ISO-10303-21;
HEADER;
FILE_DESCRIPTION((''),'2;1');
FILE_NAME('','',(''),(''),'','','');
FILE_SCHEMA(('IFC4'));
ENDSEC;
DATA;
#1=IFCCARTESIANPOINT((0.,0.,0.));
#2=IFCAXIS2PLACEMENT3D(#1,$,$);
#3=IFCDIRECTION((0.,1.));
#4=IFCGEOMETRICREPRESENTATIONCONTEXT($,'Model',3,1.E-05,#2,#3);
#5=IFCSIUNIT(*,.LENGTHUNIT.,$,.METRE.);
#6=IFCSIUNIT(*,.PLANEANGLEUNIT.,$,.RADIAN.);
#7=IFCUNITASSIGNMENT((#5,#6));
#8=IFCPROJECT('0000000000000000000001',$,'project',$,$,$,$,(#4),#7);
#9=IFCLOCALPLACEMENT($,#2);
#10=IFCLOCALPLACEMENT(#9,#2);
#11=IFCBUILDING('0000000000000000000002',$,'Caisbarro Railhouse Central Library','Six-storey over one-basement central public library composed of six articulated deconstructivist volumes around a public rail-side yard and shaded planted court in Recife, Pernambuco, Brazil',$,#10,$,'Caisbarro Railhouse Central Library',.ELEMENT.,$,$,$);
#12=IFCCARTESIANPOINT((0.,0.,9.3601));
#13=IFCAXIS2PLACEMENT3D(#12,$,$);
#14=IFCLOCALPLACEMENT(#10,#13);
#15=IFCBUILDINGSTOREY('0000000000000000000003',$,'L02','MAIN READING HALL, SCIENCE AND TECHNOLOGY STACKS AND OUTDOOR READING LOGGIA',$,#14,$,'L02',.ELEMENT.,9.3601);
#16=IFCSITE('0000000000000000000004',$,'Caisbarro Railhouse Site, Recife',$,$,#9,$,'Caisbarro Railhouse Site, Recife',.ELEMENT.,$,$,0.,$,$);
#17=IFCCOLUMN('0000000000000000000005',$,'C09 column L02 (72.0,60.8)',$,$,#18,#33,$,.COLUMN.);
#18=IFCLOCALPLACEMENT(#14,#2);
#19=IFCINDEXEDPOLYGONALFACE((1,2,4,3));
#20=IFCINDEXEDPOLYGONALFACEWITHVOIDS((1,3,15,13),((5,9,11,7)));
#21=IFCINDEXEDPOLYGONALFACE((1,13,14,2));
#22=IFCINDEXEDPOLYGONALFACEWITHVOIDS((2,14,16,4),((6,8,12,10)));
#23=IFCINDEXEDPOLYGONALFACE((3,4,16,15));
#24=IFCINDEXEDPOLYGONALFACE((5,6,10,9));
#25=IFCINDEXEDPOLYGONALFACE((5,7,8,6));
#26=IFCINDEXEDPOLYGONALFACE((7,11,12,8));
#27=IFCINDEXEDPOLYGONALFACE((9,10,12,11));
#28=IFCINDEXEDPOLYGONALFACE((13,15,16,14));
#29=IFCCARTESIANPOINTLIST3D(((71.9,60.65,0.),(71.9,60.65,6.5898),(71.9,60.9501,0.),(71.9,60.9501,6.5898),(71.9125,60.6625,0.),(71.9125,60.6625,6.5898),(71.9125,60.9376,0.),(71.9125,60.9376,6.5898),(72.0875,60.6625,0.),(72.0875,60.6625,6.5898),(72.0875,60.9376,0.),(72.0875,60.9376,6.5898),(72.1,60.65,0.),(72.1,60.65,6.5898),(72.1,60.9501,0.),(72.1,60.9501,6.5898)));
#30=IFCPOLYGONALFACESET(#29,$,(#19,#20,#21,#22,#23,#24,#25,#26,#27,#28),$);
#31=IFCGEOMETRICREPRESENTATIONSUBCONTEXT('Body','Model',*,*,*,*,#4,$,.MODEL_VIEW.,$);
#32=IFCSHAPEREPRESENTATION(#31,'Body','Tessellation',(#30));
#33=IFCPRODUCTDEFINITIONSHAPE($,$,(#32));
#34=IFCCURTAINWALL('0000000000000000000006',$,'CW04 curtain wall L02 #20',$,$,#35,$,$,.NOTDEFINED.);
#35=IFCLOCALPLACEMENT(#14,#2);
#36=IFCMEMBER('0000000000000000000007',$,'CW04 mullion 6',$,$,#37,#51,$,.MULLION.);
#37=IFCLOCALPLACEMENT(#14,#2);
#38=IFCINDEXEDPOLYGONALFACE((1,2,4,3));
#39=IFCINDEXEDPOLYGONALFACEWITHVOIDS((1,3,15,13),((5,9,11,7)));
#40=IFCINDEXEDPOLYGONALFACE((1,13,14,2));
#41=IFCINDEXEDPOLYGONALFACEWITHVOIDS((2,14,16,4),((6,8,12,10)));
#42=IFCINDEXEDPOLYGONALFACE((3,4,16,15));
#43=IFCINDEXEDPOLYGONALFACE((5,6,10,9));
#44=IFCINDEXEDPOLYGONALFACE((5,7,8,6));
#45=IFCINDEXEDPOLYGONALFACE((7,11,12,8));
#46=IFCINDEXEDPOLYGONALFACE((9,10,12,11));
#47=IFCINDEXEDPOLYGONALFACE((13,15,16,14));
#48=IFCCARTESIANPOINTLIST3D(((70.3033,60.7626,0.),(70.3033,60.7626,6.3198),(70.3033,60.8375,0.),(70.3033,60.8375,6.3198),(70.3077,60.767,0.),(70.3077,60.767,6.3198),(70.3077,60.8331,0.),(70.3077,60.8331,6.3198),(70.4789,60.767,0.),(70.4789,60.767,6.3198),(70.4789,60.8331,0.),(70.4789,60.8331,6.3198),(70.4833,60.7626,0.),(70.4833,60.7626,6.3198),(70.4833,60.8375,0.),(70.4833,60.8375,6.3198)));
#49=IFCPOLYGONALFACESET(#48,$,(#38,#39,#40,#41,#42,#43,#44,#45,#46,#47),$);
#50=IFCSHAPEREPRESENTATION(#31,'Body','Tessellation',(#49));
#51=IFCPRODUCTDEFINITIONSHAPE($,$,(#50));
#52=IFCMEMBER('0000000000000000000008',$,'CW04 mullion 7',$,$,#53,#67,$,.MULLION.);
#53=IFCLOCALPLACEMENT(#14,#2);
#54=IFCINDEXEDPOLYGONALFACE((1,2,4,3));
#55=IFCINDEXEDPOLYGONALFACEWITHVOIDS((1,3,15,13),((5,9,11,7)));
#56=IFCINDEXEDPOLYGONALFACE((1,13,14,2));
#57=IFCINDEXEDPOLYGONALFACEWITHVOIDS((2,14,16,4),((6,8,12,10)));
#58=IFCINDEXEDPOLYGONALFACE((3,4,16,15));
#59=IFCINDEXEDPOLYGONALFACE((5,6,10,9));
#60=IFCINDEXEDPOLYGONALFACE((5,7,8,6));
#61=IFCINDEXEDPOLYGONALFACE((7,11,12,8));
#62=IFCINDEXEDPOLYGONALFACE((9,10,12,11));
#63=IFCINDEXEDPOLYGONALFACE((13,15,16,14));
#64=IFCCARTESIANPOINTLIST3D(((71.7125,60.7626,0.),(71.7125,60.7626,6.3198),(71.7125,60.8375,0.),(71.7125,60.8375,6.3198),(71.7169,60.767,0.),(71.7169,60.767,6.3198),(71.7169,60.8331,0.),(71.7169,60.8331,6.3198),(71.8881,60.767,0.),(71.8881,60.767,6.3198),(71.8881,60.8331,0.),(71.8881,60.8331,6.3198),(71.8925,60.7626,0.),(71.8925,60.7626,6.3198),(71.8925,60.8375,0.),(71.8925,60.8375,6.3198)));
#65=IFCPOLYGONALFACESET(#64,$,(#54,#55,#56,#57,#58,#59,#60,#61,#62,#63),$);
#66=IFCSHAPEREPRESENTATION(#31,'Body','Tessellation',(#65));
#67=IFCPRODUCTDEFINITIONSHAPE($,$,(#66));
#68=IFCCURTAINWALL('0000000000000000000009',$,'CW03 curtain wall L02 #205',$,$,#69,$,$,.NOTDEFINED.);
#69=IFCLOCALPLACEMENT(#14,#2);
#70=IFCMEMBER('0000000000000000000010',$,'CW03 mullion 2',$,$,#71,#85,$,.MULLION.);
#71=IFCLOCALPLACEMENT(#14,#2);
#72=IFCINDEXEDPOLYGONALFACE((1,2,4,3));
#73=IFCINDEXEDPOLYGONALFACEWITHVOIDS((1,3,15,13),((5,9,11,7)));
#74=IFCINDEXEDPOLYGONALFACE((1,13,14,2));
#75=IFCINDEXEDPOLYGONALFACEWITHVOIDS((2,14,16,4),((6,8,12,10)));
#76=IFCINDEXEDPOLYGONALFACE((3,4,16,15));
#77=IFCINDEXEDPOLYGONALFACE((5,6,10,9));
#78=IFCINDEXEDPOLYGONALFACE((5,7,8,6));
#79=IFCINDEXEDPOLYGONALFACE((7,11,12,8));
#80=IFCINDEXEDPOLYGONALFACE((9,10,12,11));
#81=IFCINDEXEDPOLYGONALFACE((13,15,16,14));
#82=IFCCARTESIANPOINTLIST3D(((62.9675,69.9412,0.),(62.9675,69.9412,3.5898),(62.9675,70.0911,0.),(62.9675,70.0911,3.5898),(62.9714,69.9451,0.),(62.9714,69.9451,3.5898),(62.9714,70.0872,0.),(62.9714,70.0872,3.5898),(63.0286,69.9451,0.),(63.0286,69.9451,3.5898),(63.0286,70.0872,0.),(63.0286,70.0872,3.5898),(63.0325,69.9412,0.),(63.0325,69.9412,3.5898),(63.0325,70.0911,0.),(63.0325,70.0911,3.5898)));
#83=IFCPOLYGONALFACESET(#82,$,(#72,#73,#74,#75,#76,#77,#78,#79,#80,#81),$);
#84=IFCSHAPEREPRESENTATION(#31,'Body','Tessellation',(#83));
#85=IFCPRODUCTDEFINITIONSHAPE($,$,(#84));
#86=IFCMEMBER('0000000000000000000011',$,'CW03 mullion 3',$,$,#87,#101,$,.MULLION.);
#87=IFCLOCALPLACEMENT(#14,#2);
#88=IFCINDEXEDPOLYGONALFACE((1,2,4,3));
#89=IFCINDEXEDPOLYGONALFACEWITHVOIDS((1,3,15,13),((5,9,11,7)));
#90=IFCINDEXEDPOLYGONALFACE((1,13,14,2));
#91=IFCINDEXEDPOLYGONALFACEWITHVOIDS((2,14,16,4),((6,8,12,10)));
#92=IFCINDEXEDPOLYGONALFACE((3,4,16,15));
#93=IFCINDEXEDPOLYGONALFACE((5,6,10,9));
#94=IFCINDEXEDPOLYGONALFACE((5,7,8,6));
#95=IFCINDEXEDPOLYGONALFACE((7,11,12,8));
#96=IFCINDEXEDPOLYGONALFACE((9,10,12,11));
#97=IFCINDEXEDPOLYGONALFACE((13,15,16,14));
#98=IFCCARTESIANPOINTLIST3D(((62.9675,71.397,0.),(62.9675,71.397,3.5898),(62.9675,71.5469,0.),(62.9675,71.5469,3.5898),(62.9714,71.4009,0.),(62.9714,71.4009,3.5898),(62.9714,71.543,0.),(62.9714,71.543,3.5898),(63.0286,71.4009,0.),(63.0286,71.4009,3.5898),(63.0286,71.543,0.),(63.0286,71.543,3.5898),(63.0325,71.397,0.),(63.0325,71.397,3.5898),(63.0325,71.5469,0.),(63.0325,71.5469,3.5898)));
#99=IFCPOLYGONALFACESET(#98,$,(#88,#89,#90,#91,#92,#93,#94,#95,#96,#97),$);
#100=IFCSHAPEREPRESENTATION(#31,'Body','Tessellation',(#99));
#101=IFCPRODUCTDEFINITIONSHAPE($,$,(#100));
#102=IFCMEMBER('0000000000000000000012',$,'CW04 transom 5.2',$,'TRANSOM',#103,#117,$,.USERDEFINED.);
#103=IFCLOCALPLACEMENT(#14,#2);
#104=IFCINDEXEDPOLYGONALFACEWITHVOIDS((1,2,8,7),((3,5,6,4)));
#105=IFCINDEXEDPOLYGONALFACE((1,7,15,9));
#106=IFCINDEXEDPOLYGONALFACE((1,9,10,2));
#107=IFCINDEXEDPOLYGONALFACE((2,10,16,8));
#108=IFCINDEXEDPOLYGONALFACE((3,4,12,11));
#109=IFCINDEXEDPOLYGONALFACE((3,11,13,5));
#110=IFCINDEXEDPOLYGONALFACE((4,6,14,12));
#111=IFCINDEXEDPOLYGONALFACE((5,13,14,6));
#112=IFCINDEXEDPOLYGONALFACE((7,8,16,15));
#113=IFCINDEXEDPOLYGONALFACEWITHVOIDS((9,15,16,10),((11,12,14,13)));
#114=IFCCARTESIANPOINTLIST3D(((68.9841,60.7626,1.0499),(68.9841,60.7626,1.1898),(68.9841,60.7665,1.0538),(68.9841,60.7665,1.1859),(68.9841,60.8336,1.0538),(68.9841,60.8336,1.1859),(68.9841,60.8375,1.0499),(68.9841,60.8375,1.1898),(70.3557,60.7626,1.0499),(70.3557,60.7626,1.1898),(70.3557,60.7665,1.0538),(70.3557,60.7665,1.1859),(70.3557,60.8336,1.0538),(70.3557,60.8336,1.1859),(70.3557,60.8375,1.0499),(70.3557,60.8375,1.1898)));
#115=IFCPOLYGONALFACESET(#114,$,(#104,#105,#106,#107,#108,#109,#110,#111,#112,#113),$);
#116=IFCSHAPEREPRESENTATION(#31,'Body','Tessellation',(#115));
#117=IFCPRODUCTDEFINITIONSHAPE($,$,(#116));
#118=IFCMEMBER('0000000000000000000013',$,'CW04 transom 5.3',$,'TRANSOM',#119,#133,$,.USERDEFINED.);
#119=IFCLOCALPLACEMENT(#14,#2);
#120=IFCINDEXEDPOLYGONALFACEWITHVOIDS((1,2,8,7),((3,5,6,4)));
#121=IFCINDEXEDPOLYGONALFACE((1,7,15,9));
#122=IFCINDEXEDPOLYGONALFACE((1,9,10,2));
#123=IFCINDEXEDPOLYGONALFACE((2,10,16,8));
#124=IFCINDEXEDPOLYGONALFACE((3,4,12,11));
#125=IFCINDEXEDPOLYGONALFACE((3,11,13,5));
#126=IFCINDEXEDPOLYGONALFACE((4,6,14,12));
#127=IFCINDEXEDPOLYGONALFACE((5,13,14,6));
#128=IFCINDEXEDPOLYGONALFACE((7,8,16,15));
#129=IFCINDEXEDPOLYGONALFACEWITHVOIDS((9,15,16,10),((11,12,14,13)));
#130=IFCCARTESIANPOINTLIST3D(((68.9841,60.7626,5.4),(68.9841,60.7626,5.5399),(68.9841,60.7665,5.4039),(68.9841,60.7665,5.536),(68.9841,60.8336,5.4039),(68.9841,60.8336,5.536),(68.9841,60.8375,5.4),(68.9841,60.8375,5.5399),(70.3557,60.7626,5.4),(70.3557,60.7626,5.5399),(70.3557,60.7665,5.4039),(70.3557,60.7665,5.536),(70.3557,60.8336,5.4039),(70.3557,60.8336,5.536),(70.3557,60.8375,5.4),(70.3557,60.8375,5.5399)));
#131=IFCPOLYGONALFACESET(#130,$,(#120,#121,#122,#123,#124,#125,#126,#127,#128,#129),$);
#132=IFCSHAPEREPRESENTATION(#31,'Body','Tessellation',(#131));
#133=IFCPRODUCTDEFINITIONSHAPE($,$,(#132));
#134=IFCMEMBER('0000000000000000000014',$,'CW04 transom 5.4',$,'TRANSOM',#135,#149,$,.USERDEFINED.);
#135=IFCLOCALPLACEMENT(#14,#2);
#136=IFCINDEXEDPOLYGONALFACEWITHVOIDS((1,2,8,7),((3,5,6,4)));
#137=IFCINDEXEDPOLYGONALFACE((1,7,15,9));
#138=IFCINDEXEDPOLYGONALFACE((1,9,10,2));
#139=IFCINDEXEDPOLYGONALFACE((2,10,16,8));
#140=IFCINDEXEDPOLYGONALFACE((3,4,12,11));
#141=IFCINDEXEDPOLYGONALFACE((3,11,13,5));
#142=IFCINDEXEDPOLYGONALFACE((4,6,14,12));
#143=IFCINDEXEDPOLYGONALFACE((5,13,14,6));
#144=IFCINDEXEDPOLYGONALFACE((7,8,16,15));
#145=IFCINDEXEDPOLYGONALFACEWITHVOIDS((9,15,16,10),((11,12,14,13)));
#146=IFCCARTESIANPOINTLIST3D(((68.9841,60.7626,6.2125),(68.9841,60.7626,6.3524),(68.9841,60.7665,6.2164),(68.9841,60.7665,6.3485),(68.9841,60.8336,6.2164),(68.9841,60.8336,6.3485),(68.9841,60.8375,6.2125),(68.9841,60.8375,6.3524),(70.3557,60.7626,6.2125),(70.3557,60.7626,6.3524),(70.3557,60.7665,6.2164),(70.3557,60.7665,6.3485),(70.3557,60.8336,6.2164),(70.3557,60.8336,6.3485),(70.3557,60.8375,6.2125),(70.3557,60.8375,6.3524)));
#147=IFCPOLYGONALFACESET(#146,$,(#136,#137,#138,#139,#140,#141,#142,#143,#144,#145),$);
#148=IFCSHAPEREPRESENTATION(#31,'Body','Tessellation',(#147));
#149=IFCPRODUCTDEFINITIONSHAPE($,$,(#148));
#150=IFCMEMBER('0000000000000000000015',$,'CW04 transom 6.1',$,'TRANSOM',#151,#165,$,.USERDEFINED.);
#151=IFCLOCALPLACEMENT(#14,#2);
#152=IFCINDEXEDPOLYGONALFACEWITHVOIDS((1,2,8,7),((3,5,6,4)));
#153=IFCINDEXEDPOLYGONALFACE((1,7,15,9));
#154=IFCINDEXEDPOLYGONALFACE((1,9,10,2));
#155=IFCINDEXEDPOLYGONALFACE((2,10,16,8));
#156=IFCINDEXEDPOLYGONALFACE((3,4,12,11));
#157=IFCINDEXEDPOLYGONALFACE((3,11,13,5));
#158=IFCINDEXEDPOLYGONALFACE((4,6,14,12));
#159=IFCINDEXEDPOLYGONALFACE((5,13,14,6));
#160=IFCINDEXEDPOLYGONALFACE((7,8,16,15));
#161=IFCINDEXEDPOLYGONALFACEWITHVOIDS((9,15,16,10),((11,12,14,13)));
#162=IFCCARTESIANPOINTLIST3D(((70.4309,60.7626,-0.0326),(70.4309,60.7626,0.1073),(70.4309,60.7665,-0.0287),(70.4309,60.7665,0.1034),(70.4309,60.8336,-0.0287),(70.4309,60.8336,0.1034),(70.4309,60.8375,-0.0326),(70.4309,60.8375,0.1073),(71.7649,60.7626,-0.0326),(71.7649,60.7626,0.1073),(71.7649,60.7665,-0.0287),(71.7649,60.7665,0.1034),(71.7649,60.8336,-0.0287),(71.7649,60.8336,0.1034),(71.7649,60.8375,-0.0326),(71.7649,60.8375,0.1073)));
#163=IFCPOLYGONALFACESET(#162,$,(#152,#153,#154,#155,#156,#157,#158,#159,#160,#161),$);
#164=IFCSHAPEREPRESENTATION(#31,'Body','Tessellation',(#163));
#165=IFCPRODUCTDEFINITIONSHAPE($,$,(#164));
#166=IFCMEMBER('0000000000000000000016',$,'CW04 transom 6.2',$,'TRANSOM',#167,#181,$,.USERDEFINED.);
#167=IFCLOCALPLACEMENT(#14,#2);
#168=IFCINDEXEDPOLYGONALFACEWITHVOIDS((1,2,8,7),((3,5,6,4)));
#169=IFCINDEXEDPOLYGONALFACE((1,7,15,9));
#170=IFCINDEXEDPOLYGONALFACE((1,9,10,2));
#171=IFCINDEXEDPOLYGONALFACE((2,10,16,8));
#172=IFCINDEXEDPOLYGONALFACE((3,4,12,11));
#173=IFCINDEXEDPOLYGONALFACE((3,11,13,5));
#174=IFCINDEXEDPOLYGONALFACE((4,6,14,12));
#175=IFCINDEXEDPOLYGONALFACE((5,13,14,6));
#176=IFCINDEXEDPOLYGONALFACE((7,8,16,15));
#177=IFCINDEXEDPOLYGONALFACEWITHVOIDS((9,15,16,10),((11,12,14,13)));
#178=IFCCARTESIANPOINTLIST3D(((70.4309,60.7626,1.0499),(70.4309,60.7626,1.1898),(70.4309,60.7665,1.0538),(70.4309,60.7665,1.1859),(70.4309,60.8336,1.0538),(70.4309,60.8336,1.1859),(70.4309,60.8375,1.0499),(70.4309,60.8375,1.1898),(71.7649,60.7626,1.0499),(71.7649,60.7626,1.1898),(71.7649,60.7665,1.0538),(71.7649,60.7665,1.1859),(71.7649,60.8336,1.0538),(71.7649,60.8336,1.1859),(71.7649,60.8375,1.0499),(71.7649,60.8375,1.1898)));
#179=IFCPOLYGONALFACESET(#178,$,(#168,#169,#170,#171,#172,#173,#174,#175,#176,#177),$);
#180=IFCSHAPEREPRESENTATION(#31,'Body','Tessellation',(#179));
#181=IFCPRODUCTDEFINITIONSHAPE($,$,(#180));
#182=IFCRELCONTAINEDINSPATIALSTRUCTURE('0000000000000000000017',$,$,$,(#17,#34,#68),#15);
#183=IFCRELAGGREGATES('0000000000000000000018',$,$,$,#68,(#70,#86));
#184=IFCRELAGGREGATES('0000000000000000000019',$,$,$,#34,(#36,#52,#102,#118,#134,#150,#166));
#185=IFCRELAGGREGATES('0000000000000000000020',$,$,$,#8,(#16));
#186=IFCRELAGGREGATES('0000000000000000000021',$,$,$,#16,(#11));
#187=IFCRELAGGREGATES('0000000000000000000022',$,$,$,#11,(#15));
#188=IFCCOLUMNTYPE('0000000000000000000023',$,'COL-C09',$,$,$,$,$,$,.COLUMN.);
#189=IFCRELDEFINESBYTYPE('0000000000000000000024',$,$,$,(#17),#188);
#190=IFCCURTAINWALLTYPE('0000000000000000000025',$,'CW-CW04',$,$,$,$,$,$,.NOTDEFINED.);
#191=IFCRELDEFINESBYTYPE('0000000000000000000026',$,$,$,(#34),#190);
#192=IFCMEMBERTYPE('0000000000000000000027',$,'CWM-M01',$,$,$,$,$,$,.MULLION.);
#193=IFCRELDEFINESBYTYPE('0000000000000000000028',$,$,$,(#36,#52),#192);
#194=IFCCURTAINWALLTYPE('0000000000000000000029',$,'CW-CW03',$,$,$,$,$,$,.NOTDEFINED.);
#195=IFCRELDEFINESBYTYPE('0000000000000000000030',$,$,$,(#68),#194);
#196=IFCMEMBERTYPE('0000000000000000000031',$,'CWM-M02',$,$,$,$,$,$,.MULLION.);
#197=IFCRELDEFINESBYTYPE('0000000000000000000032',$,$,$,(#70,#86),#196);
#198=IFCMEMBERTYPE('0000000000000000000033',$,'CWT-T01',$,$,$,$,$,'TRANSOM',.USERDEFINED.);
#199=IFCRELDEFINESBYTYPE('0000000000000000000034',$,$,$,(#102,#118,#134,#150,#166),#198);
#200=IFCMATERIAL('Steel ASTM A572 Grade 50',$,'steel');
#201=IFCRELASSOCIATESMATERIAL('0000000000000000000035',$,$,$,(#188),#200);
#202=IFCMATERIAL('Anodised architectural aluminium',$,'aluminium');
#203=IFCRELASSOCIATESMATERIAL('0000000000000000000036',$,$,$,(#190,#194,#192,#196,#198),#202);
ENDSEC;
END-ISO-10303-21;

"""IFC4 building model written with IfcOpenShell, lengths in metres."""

from ifc_helpers import new_model, si_unit, direction, frame, origin, origin_2d, place, context, subcontext, project, spatial, hollow_rectangle, extrude, material, material_profile, profile_set, type_object, element, aggregate, save


model = new_model("IFC4")

# Units and contexts
model_context = context("Model", 3, precision=1e-05, world=origin(), true_north=direction((0.0, 1.0)))
body_context = subcontext(model_context, "Body", "Model", "MODEL_VIEW")
ifc_project = project(units=[si_unit("LENGTHUNIT", "METRE"), si_unit("PLANEANGLEUNIT", "RADIAN")], contexts=[model_context])

# Site, building, storey
site_placement = place(None, origin())
site = spatial("IfcSite", under=ifc_project, at=site_placement, Name="Caisbarro Railhouse Site, Recife", LongName="Caisbarro Railhouse Site, Recife", CompositionType="ELEMENT", RefElevation=0.0)
building_placement = place(site_placement, origin())
building = spatial("IfcBuilding", under=site, at=building_placement, Name="Caisbarro Railhouse Central Library", Description="Six-storey over one-basement central public library composed of six articulated deconstructivist volumes around a public rail-side yard and shaded planted court in Recife, Pernambuco, Brazil", LongName="Caisbarro Railhouse Central Library", CompositionType="ELEMENT")
storey_placement = place(building_placement, frame((0.0, 0.0, 9.3601)))
storey = spatial("IfcBuildingStorey", under=building, at=storey_placement, Name="L02", Description="MAIN READING HALL, SCIENCE AND TECHNOLOGY STACKS AND OUTDOOR READING LOGGIA", LongName="L02", CompositionType="ELEMENT", Elevation=9.3601)

# Column
ifc_material_1 = material(Name="Steel ASTM A572 Grade 50", Category="steel")
ifc_material_profile_1 = material_profile(ifc_material_1, hollow_rectangle(XDim=0.2, YDim=0.3, WallThickness=0.0125, at=origin_2d()), Name="HSS300X200X12.5")
ifc_profile_set_1 = profile_set([ifc_material_profile_1], Name="Steel ASTM A572 Grade 50")
column_type = type_object("IfcColumnType", Name="COL-C09", PredefinedType="COLUMN", material=ifc_profile_set_1)
column_placement = place(storey_placement, frame((72.0, 60.8, 0.0), z_axis=(0.0, 0.0, 1.0), x_axis=(1.0, 0.0, 0.0)))
element("IfcColumn", 1, at=column_placement, inside=storey, type_object=column_type, Name="C09 column L02 (72.0,60.8)", PredefinedType="COLUMN", context=body_context, shape_type="SweptSolid", body=[
    extrude(hollow_rectangle(XDim=0.2, YDim=0.3, WallThickness=0.0125, at=origin_2d()), origin(), (0.0, 0.0, 1.0), 6.5898),
])

# Curtain walls, members
ifc_material_2 = material(Name="Anodised architectural aluminium", Category="aluminium")
curtain_wall_type_1 = type_object("IfcCurtainWallType", Name="CW-CW04", PredefinedType="NOTDEFINED", material=ifc_material_2)
curtain_wall_1_placement = place(storey_placement, origin())
curtain_wall_1 = element("IfcCurtainWall", 2, at=curtain_wall_1_placement, inside=storey, type_object=curtain_wall_type_1, Name="CW04 curtain wall L02 #20", PredefinedType="NOTDEFINED")
ifc_material_profile_2 = material_profile(ifc_material_2, hollow_rectangle(XDim=0.075, YDim=0.1799, WallThickness=0.0044, at=origin_2d()), Name="ALU-MUL-75X180")
ifc_profile_set_2 = profile_set([ifc_material_profile_2], Name="Anodised architectural aluminium")
member_type_1 = type_object("IfcMemberType", Name="CWM-M01", PredefinedType="MULLION", material=ifc_profile_set_2)
member_1_placement = place(storey_placement, frame((70.3933, 60.8, 0.0), z_axis=(0.0, 0.0, 1.0), x_axis=(0.0, 1.0, 0.0)))
member_1 = element("IfcMember", 3, at=member_1_placement, type_object=member_type_1, Name="CW04 mullion 6", PredefinedType="MULLION", context=body_context, shape_type="SweptSolid", body=[
    extrude(hollow_rectangle(XDim=0.075, YDim=0.1799, WallThickness=0.0044, at=origin_2d()), origin(), (0.0, 0.0, 1.0), 6.3198),
])
member_2_placement = place(storey_placement, frame((71.8025, 60.8, 0.0), z_axis=(0.0, 0.0, 1.0), x_axis=(0.0, 1.0, 0.0)))
member_2 = element("IfcMember", 4, at=member_2_placement, type_object=member_type_1, Name="CW04 mullion 7", PredefinedType="MULLION", context=body_context, shape_type="SweptSolid", body=[
    extrude(hollow_rectangle(XDim=0.075, YDim=0.1799, WallThickness=0.0044, at=origin_2d()), origin(), (0.0, 0.0, 1.0), 6.3198),
])
curtain_wall_type_2 = type_object("IfcCurtainWallType", Name="CW-CW03", PredefinedType="NOTDEFINED", material=ifc_material_2)
curtain_wall_2_placement = place(storey_placement, origin())
curtain_wall_2 = element("IfcCurtainWall", 5, at=curtain_wall_2_placement, inside=storey, type_object=curtain_wall_type_2, Name="CW03 curtain wall L02 #205", PredefinedType="NOTDEFINED")
ifc_material_profile_3 = material_profile(ifc_material_2, hollow_rectangle(XDim=0.0649, YDim=0.1499, WallThickness=0.0039, at=origin_2d()), Name="ALU-MUL-65X150")
ifc_profile_set_3 = profile_set([ifc_material_profile_3], Name="Anodised architectural aluminium")
member_type_2 = type_object("IfcMemberType", Name="CWM-M02", PredefinedType="MULLION", material=ifc_profile_set_3)
member_3_placement = place(storey_placement, frame((63.0, 70.0161, 0.0), z_axis=(0.0, 0.0, 1.0), x_axis=(-1.0, 0.0, 0.0)))
member_3 = element("IfcMember", 6, at=member_3_placement, type_object=member_type_2, Name="CW03 mullion 2", PredefinedType="MULLION", context=body_context, shape_type="SweptSolid", body=[
    extrude(hollow_rectangle(XDim=0.0649, YDim=0.1499, WallThickness=0.0039, at=origin_2d()), origin(), (0.0, 0.0, 1.0), 3.5898),
])
member_4_placement = place(storey_placement, frame((63.0, 71.4719, 0.0), z_axis=(0.0, 0.0, 1.0), x_axis=(-1.0, 0.0, 0.0)))
member_4 = element("IfcMember", 7, at=member_4_placement, type_object=member_type_2, Name="CW03 mullion 3", PredefinedType="MULLION", context=body_context, shape_type="SweptSolid", body=[
    extrude(hollow_rectangle(XDim=0.0649, YDim=0.1499, WallThickness=0.0039, at=origin_2d()), origin(), (0.0, 0.0, 1.0), 3.5898),
])

# Members
ifc_material_profile_4 = material_profile(ifc_material_2, hollow_rectangle(XDim=0.075, YDim=0.1399, WallThickness=0.0039, at=origin_2d()), Name="ALU-TRN-75X140")
ifc_profile_set_4 = profile_set([ifc_material_profile_4], Name="Anodised architectural aluminium")
member_type_3 = type_object("IfcMemberType", Name="CWT-T01", ElementType="TRANSOM", PredefinedType="USERDEFINED", material=ifc_profile_set_4)
member_5_placement = place(storey_placement, frame((68.9841, 60.8, 1.1199), z_axis=(1.0, 0.0, 0.0), x_axis=(0.0, 1.0, 0.0)))
member_5 = element("IfcMember", 8, at=member_5_placement, type_object=member_type_3, Name="CW04 transom 5.2", ObjectType="TRANSOM", PredefinedType="USERDEFINED", context=body_context, shape_type="SweptSolid", body=[
    extrude(hollow_rectangle(XDim=0.075, YDim=0.1399, WallThickness=0.0039, at=origin_2d()), origin(), (0.0, 0.0, 1.0), 1.3716),
])
member_6_placement = place(storey_placement, frame((68.9841, 60.8, 5.47), z_axis=(1.0, 0.0, 0.0), x_axis=(0.0, 1.0, 0.0)))
member_6 = element("IfcMember", 9, at=member_6_placement, type_object=member_type_3, Name="CW04 transom 5.3", ObjectType="TRANSOM", PredefinedType="USERDEFINED", context=body_context, shape_type="SweptSolid", body=[
    extrude(hollow_rectangle(XDim=0.075, YDim=0.1399, WallThickness=0.0039, at=origin_2d()), origin(), (0.0, 0.0, 1.0), 1.3716),
])
member_7_placement = place(storey_placement, frame((68.9841, 60.8, 6.2825), z_axis=(1.0, 0.0, 0.0), x_axis=(0.0, 1.0, 0.0)))
member_7 = element("IfcMember", 10, at=member_7_placement, type_object=member_type_3, Name="CW04 transom 5.4", ObjectType="TRANSOM", PredefinedType="USERDEFINED", context=body_context, shape_type="SweptSolid", body=[
    extrude(hollow_rectangle(XDim=0.075, YDim=0.1399, WallThickness=0.0039, at=origin_2d()), origin(), (0.0, 0.0, 1.0), 1.3716),
])
member_8_placement = place(storey_placement, frame((70.4309, 60.8, 0.0374), z_axis=(1.0, 0.0, 0.0), x_axis=(0.0, 1.0, 0.0)))
member_8 = element("IfcMember", 11, at=member_8_placement, type_object=member_type_3, Name="CW04 transom 6.1", ObjectType="TRANSOM", PredefinedType="USERDEFINED", context=body_context, shape_type="SweptSolid", body=[
    extrude(hollow_rectangle(XDim=0.075, YDim=0.1399, WallThickness=0.0039, at=origin_2d()), origin(), (0.0, 0.0, 1.0), 1.334),
])
member_9_placement = place(storey_placement, frame((70.4309, 60.8, 1.1199), z_axis=(1.0, 0.0, 0.0), x_axis=(0.0, 1.0, 0.0)))
member_9 = element("IfcMember", 12, at=member_9_placement, type_object=member_type_3, Name="CW04 transom 6.2", ObjectType="TRANSOM", PredefinedType="USERDEFINED", context=body_context, shape_type="SweptSolid", body=[
    extrude(hollow_rectangle(XDim=0.075, YDim=0.1399, WallThickness=0.0039, at=origin_2d()), origin(), (0.0, 0.0, 1.0), 1.334),
])

aggregate(curtain_wall_2, [member_3, member_4])
aggregate(curtain_wall_1, [member_1, member_2, member_5, member_6, member_7, member_8, member_9])

save(model, "model.ifc")
